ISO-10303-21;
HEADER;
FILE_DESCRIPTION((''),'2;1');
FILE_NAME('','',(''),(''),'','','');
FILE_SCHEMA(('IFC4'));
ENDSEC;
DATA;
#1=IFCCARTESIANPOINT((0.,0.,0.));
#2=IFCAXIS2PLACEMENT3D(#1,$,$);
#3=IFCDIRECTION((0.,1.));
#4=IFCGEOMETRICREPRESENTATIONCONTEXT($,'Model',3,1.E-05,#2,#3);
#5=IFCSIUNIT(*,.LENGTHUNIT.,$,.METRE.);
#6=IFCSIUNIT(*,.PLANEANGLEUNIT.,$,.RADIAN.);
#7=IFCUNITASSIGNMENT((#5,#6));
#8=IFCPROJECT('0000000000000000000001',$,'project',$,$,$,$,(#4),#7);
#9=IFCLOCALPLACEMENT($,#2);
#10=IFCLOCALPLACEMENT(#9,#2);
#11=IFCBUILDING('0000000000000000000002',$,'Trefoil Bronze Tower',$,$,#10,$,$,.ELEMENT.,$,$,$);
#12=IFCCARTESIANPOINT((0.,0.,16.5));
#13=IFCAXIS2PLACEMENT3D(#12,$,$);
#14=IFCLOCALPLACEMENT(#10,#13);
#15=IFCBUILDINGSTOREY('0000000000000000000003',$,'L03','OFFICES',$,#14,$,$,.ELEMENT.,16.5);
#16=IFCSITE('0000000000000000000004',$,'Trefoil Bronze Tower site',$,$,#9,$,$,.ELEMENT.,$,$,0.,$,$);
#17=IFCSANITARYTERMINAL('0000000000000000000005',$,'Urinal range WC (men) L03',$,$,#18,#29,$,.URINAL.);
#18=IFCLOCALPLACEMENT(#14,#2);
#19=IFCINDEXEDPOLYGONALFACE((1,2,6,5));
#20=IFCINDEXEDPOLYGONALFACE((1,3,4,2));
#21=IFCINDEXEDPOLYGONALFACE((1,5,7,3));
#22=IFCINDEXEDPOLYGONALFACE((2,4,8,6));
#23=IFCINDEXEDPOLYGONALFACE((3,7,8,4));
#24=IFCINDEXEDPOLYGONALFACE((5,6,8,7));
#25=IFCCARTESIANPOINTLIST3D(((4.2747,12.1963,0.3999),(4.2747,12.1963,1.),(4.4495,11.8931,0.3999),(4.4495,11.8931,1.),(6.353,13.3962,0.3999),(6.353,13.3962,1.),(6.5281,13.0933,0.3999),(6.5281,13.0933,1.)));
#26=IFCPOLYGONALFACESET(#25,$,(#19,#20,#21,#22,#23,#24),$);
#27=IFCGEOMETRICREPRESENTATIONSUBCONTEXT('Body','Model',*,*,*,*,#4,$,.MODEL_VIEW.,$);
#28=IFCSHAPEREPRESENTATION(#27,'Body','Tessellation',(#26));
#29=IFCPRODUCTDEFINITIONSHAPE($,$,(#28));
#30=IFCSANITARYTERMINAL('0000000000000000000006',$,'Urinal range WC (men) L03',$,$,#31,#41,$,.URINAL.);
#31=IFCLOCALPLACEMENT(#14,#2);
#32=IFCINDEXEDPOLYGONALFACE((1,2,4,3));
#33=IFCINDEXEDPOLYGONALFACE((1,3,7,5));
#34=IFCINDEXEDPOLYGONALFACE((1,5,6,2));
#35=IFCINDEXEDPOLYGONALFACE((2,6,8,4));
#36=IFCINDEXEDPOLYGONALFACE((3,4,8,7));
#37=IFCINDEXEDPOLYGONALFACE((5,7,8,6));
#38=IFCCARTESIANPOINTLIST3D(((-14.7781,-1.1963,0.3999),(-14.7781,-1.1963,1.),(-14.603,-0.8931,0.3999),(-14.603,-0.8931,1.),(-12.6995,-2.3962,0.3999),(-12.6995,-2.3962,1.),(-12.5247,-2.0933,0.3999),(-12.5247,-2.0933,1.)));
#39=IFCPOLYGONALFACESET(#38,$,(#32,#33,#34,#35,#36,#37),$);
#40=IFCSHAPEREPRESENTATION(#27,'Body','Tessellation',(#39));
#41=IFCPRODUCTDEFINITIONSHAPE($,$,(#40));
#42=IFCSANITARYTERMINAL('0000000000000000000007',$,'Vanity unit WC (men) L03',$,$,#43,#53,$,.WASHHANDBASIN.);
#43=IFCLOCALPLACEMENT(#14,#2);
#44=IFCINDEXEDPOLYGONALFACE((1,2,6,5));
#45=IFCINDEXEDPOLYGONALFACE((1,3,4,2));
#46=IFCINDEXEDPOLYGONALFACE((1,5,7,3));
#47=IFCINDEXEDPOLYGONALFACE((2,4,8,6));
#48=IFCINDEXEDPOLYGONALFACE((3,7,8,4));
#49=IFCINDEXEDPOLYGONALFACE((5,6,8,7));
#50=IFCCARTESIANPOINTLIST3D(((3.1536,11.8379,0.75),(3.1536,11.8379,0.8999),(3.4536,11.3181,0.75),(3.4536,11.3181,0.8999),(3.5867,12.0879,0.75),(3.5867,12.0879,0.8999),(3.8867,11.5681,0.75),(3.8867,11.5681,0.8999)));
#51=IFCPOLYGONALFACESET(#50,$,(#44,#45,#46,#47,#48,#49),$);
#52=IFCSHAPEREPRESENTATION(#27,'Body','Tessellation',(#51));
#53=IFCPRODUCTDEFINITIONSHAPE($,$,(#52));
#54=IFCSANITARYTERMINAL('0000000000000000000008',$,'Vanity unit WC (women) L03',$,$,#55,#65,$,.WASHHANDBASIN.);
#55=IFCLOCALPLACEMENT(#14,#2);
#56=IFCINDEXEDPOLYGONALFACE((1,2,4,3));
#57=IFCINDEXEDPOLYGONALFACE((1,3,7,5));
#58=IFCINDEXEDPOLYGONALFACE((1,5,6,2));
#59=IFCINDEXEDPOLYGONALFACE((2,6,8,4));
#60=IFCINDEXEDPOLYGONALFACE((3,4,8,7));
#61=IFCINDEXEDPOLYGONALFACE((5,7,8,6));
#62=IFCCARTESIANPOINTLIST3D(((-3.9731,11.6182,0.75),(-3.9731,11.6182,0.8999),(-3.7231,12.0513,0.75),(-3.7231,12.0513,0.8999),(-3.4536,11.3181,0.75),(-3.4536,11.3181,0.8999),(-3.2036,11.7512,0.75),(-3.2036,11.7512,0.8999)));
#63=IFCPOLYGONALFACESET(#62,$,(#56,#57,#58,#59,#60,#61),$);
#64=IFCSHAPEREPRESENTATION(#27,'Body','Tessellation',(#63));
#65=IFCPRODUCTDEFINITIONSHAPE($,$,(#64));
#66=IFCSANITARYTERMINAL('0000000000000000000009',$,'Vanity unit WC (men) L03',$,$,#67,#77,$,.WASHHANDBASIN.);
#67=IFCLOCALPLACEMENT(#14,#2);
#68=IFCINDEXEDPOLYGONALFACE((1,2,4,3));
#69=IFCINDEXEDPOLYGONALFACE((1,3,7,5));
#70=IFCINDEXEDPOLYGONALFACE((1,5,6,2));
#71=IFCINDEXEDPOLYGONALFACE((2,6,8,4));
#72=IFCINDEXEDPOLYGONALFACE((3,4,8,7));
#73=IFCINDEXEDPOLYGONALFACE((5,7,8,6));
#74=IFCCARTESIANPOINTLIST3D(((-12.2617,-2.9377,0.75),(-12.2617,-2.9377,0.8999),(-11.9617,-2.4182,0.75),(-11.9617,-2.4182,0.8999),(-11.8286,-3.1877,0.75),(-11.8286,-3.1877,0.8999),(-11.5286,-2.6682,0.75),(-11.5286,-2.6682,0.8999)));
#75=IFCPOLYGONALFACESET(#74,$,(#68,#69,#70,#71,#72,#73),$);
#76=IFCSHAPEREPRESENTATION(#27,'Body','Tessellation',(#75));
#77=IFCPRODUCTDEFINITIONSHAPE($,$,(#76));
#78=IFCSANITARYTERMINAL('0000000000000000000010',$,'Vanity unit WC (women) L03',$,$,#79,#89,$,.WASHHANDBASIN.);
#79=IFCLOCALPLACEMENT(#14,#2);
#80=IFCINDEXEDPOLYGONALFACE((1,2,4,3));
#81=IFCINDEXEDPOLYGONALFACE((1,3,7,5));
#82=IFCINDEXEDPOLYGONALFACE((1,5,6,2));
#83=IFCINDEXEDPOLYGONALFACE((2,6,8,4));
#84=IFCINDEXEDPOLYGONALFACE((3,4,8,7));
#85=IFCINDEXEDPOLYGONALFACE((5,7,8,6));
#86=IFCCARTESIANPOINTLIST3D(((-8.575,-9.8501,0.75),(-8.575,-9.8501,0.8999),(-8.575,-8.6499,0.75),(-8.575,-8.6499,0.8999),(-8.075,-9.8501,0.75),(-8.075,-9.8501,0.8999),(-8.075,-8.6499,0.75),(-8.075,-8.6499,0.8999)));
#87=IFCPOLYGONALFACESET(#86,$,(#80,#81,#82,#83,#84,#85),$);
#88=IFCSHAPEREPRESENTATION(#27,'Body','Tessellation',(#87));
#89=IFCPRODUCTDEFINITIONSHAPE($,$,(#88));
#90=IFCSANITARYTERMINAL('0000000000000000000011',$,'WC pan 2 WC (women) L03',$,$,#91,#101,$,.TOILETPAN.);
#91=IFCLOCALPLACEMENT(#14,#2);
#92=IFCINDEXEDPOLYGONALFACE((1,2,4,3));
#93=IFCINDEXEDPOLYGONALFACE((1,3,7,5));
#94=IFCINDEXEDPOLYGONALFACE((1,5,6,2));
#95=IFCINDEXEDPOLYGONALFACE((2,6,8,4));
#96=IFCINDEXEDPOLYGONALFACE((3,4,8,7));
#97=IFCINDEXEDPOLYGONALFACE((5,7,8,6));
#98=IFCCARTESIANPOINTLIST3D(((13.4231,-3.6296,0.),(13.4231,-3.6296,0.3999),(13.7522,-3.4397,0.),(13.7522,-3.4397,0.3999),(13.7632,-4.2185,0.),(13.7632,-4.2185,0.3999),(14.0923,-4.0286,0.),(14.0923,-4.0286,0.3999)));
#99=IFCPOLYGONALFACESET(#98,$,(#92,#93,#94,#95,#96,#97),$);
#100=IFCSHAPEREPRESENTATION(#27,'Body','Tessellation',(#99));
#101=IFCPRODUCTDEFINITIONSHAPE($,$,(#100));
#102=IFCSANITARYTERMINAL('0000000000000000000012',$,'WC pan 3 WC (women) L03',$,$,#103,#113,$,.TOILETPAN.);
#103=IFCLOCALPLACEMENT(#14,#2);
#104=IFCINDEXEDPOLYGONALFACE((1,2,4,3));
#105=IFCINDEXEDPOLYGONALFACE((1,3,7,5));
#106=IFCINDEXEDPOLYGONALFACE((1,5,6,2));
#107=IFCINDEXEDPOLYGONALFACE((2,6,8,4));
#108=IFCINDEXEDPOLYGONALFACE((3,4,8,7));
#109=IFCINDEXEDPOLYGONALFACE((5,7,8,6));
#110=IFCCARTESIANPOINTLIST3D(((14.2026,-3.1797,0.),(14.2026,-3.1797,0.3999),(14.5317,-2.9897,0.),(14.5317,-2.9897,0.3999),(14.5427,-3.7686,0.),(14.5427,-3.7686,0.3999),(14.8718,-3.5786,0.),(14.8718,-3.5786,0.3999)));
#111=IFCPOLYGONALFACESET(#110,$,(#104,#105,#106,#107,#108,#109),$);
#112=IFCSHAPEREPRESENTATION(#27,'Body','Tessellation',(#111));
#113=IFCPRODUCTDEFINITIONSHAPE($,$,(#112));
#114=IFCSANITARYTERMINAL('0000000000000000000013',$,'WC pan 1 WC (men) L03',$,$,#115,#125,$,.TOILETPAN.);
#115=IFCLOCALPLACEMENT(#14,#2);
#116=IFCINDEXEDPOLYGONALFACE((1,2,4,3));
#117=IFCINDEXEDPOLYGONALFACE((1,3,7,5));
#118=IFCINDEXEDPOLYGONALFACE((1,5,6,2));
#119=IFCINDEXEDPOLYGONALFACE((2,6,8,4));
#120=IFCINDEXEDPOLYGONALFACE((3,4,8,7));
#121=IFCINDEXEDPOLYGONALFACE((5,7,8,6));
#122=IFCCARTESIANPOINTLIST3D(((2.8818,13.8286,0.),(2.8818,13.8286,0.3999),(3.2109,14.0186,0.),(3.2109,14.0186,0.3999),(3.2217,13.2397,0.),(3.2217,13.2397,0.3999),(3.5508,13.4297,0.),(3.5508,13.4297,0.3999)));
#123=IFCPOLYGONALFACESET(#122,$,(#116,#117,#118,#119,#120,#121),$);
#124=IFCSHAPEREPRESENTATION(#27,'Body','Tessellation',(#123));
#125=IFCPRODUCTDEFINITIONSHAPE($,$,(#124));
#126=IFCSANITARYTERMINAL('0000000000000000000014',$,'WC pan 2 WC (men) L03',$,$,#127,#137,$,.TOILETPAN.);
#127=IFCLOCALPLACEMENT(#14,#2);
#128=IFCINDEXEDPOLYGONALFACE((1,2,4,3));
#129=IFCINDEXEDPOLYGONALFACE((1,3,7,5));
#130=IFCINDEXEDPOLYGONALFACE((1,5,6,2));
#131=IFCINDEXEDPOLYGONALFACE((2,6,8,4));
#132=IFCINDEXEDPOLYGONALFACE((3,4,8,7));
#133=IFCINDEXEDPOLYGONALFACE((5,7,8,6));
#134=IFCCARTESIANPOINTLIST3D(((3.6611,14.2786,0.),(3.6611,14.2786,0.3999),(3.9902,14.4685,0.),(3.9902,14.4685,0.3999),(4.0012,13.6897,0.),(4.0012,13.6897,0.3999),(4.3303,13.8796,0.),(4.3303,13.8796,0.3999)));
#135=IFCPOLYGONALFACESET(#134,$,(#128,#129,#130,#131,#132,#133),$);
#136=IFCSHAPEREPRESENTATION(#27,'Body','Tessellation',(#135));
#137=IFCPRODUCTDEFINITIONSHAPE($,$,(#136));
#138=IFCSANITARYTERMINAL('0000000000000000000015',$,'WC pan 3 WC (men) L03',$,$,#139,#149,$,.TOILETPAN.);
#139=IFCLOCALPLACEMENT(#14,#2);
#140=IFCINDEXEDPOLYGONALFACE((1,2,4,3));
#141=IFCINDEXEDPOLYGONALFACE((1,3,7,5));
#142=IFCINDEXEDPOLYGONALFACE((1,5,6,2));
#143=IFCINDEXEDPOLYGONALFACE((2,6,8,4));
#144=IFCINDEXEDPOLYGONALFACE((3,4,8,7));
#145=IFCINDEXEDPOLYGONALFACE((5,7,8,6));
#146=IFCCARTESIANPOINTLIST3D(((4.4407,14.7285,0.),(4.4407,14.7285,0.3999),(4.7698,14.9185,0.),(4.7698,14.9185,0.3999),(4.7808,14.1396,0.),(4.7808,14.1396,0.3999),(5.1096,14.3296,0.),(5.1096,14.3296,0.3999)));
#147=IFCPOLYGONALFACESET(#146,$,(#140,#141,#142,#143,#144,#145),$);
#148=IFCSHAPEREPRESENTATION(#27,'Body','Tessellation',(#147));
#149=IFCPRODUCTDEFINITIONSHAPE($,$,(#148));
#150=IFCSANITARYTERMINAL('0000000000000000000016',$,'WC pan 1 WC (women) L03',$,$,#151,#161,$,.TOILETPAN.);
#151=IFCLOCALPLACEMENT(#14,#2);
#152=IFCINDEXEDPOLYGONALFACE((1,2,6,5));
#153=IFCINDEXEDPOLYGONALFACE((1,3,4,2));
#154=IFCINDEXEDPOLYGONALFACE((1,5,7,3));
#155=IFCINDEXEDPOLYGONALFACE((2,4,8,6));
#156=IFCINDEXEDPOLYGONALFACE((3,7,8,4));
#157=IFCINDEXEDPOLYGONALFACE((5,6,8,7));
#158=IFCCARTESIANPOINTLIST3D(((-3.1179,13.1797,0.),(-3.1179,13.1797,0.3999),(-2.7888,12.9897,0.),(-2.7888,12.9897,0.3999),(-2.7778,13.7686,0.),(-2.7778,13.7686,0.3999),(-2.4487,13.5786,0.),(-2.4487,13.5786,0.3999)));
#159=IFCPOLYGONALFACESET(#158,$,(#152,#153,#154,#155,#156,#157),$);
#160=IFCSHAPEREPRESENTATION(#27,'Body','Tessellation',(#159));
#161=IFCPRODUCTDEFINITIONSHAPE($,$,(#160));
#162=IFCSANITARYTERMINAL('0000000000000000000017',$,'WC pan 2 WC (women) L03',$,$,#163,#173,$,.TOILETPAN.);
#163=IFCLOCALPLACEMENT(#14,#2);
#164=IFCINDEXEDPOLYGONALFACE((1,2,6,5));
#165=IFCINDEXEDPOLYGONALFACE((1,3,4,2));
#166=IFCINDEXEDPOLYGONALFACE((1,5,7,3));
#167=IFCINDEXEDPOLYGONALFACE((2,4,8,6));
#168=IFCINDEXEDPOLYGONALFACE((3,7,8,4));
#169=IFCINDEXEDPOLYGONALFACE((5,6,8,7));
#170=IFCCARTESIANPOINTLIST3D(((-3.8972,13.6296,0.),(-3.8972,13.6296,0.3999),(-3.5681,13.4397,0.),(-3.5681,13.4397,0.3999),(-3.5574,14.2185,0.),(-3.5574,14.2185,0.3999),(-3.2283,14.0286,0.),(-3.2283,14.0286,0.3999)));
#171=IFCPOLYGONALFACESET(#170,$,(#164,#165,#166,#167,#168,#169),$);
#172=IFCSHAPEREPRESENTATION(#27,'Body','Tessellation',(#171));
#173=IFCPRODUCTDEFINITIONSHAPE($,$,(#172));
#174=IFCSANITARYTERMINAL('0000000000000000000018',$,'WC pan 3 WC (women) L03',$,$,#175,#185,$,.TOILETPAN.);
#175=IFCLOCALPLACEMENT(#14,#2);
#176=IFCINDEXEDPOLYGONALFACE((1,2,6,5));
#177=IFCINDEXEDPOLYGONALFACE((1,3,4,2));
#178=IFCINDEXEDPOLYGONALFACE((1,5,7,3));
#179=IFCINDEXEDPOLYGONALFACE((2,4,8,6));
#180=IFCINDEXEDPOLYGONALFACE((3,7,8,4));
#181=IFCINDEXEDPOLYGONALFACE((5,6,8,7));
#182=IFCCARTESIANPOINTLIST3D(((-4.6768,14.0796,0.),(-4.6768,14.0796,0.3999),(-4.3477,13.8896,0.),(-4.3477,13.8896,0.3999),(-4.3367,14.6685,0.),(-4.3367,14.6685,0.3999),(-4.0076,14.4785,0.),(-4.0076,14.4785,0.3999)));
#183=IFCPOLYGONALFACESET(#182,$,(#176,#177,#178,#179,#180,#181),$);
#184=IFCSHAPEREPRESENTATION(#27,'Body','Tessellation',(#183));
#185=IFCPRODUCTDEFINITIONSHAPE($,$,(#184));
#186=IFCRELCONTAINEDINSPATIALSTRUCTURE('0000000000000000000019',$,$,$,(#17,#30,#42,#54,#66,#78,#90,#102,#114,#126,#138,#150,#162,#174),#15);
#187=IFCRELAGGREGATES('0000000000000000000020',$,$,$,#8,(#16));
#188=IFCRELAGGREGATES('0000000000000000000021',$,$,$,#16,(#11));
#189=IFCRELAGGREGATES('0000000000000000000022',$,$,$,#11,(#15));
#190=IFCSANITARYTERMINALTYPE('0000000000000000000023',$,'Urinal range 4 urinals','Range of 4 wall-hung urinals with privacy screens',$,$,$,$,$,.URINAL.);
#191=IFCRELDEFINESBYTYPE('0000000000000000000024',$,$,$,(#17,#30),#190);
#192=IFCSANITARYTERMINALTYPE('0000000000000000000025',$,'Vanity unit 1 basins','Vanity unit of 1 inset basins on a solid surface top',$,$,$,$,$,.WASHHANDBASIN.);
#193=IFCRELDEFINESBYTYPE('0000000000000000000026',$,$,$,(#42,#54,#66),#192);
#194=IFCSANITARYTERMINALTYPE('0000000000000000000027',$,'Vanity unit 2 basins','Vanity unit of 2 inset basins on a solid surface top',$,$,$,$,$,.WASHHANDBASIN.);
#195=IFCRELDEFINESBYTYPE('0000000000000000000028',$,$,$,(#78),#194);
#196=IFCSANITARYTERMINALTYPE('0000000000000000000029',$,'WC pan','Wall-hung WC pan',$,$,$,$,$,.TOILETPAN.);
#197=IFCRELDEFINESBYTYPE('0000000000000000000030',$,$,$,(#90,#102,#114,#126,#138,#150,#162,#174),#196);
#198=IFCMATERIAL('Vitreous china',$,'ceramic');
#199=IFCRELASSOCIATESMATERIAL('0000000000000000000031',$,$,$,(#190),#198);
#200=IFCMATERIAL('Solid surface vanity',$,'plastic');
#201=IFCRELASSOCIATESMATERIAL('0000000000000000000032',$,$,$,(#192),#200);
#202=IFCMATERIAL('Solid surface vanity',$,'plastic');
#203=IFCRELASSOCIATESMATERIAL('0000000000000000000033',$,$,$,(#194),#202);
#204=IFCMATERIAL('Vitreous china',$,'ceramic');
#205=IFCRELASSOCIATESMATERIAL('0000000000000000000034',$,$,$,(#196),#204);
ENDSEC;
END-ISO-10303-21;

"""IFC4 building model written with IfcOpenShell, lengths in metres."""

from ifc_helpers import new_model, si_unit, direction, frame, origin, place, context, subcontext, project, spatial, polyline, outline, extrude, material, type_object, element, save


model = new_model("IFC4")

# Units and contexts
model_context = context("Model", 3, precision=1e-05, world=origin(), true_north=direction((0.0, 1.0)))
body_context = subcontext(model_context, "Body", "Model", "MODEL_VIEW")
ifc_project = project(units=[si_unit("LENGTHUNIT", "METRE"), si_unit("PLANEANGLEUNIT", "RADIAN")], contexts=[model_context])

# Site, building, storey
site_placement = place(None, origin())
site = spatial("IfcSite", under=ifc_project, at=site_placement, Name="Trefoil Bronze Tower site", CompositionType="ELEMENT", RefElevation=0.0)
building_placement = place(site_placement, origin())
building = spatial("IfcBuilding", under=site, at=building_placement, Name="Trefoil Bronze Tower", CompositionType="ELEMENT")
storey_placement = place(building_placement, frame((0.0, 0.0, 16.5)))
storey = spatial("IfcBuildingStorey", under=building, at=storey_placement, Name="L03", Description="OFFICES", CompositionType="ELEMENT", Elevation=16.5)

# Sanitary terminals
ifc_material_1 = material(Name="Vitreous china", Category="ceramic")
sanitary_terminal_type_1 = type_object("IfcSanitaryTerminalType", Name="Urinal range 4 urinals", Description="Range of 4 wall-hung urinals with privacy screens", PredefinedType="URINAL", material=ifc_material_1)
sanitary_terminal_1_placement = place(storey_placement, frame((0.0, 0.0, 0.3999)))
element("IfcSanitaryTerminal", 1, at=sanitary_terminal_1_placement, inside=storey, type_object=sanitary_terminal_type_1, Name="Urinal range WC (men) L03", PredefinedType="URINAL", context=body_context, shape_type="SweptSolid", body=[
    extrude(outline(polyline([(4.4495, 11.8931), (4.2747, 12.1963), (6.353, 13.3962), (6.5281, 13.0933), (4.4495, 11.8931)])), origin(), (0.0, 0.0, 1.0), 0.6001),
])
sanitary_terminal_2_placement = place(storey_placement, frame((0.0, 0.0, 0.3999)))
element("IfcSanitaryTerminal", 2, at=sanitary_terminal_2_placement, inside=storey, type_object=sanitary_terminal_type_1, Name="Urinal range WC (men) L03", PredefinedType="URINAL", context=body_context, shape_type="SweptSolid", body=[
    extrude(outline(polyline([(-12.5247, -2.0933), (-12.6995, -2.3962), (-14.7781, -1.1963), (-14.603, -0.8931), (-12.5247, -2.0933)])), origin(), (0.0, 0.0, 1.0), 0.6001),
])
ifc_material_2 = material(Name="Solid surface vanity", Category="plastic")
sanitary_terminal_type_2 = type_object("IfcSanitaryTerminalType", Name="Vanity unit 1 basins", Description="Vanity unit of 1 inset basins on a solid surface top", PredefinedType="WASHHANDBASIN", material=ifc_material_2)
sanitary_terminal_3_placement = place(storey_placement, frame((0.0, 0.0, 0.75)))
element("IfcSanitaryTerminal", 3, at=sanitary_terminal_3_placement, inside=storey, type_object=sanitary_terminal_type_2, Name="Vanity unit WC (men) L03", PredefinedType="WASHHANDBASIN", context=body_context, shape_type="SweptSolid", body=[
    extrude(outline(polyline([(3.4536, 11.3181), (3.1536, 11.8379), (3.5867, 12.0879), (3.8867, 11.5681), (3.4536, 11.3181)])), origin(), (0.0, 0.0, 1.0), 0.1499),
])
sanitary_terminal_4_placement = place(storey_placement, frame((0.0, 0.0, 0.75)))
element("IfcSanitaryTerminal", 4, at=sanitary_terminal_4_placement, inside=storey, type_object=sanitary_terminal_type_2, Name="Vanity unit WC (women) L03", PredefinedType="WASHHANDBASIN", context=body_context, shape_type="SweptSolid", body=[
    extrude(outline(polyline([(-3.4536, 11.3181), (-3.2036, 11.7512), (-3.7231, 12.0513), (-3.9731, 11.6182), (-3.4536, 11.3181)])), origin(), (0.0, 0.0, 1.0), 0.1499),
])
sanitary_terminal_5_placement = place(storey_placement, frame((0.0, 0.0, 0.75)))
element("IfcSanitaryTerminal", 5, at=sanitary_terminal_5_placement, inside=storey, type_object=sanitary_terminal_type_2, Name="Vanity unit WC (men) L03", PredefinedType="WASHHANDBASIN", context=body_context, shape_type="SweptSolid", body=[
    extrude(outline(polyline([(-11.5286, -2.6682), (-11.8286, -3.1877), (-12.2617, -2.9377), (-11.9617, -2.4182), (-11.5286, -2.6682)])), origin(), (0.0, 0.0, 1.0), 0.1499),
])
ifc_material_3 = material(Name="Solid surface vanity", Category="plastic")
sanitary_terminal_type_3 = type_object("IfcSanitaryTerminalType", Name="Vanity unit 2 basins", Description="Vanity unit of 2 inset basins on a solid surface top", PredefinedType="WASHHANDBASIN", material=ifc_material_3)
sanitary_terminal_6_placement = place(storey_placement, frame((0.0, 0.0, 0.75)))
element("IfcSanitaryTerminal", 6, at=sanitary_terminal_6_placement, inside=storey, type_object=sanitary_terminal_type_3, Name="Vanity unit WC (women) L03", PredefinedType="WASHHANDBASIN", context=body_context, shape_type="SweptSolid", body=[
    extrude(outline(polyline([(-8.075, -8.6499), (-8.575, -8.6499), (-8.575, -9.8501), (-8.075, -9.8501), (-8.075, -8.6499)])), origin(), (0.0, 0.0, 1.0), 0.1499),
])
ifc_material_4 = material(Name="Vitreous china", Category="ceramic")
sanitary_terminal_type_4 = type_object("IfcSanitaryTerminalType", Name="WC pan", Description="Wall-hung WC pan", PredefinedType="TOILETPAN", material=ifc_material_4)
sanitary_terminal_7_placement = place(storey_placement, origin())
element("IfcSanitaryTerminal", 7, at=sanitary_terminal_7_placement, inside=storey, type_object=sanitary_terminal_type_4, Name="WC pan 2 WC (women) L03", PredefinedType="TOILETPAN", context=body_context, shape_type="SweptSolid", body=[
    extrude(outline(polyline([(13.4231, -3.6296), (13.7632, -4.2185), (14.0923, -4.0286), (13.7522, -3.4397), (13.4231, -3.6296)])), origin(), (0.0, 0.0, 1.0), 0.3999),
])
sanitary_terminal_8_placement = place(storey_placement, origin())
element("IfcSanitaryTerminal", 8, at=sanitary_terminal_8_placement, inside=storey, type_object=sanitary_terminal_type_4, Name="WC pan 3 WC (women) L03", PredefinedType="TOILETPAN", context=body_context, shape_type="SweptSolid", body=[
    extrude(outline(polyline([(14.2026, -3.1797), (14.5427, -3.7686), (14.8718, -3.5786), (14.5317, -2.9897), (14.2026, -3.1797)])), origin(), (0.0, 0.0, 1.0), 0.3999),
])
sanitary_terminal_9_placement = place(storey_placement, origin())
element("IfcSanitaryTerminal", 9, at=sanitary_terminal_9_placement, inside=storey, type_object=sanitary_terminal_type_4, Name="WC pan 1 WC (men) L03", PredefinedType="TOILETPAN", context=body_context, shape_type="SweptSolid", body=[
    extrude(outline(polyline([(3.2217, 13.2397), (2.8818, 13.8286), (3.2109, 14.0186), (3.5508, 13.4297), (3.2217, 13.2397)])), origin(), (0.0, 0.0, 1.0), 0.3999),
])
sanitary_terminal_10_placement = place(storey_placement, origin())
element("IfcSanitaryTerminal", 10, at=sanitary_terminal_10_placement, inside=storey, type_object=sanitary_terminal_type_4, Name="WC pan 2 WC (men) L03", PredefinedType="TOILETPAN", context=body_context, shape_type="SweptSolid", body=[
    extrude(outline(polyline([(4.0012, 13.6897), (3.6611, 14.2786), (3.9902, 14.4685), (4.3303, 13.8796), (4.0012, 13.6897)])), origin(), (0.0, 0.0, 1.0), 0.3999),
])
sanitary_terminal_11_placement = place(storey_placement, origin())
element("IfcSanitaryTerminal", 11, at=sanitary_terminal_11_placement, inside=storey, type_object=sanitary_terminal_type_4, Name="WC pan 3 WC (men) L03", PredefinedType="TOILETPAN", context=body_context, shape_type="SweptSolid", body=[
    extrude(outline(polyline([(4.7808, 14.1396), (4.4407, 14.7285), (4.7698, 14.9185), (5.1096, 14.3296), (4.7808, 14.1396)])), origin(), (0.0, 0.0, 1.0), 0.3999),
])
sanitary_terminal_12_placement = place(storey_placement, origin())
element("IfcSanitaryTerminal", 12, at=sanitary_terminal_12_placement, inside=storey, type_object=sanitary_terminal_type_4, Name="WC pan 1 WC (women) L03", PredefinedType="TOILETPAN", context=body_context, shape_type="SweptSolid", body=[
    extrude(outline(polyline([(-2.7888, 12.9897), (-2.4487, 13.5786), (-2.7778, 13.7686), (-3.1179, 13.1797), (-2.7888, 12.9897)])), origin(), (0.0, 0.0, 1.0), 0.3999),
])
sanitary_terminal_13_placement = place(storey_placement, origin())
element("IfcSanitaryTerminal", 13, at=sanitary_terminal_13_placement, inside=storey, type_object=sanitary_terminal_type_4, Name="WC pan 2 WC (women) L03", PredefinedType="TOILETPAN", context=body_context, shape_type="SweptSolid", body=[
    extrude(outline(polyline([(-3.5681, 13.4397), (-3.2283, 14.0286), (-3.5574, 14.2185), (-3.8972, 13.6296), (-3.5681, 13.4397)])), origin(), (0.0, 0.0, 1.0), 0.3999),
])
sanitary_terminal_14_placement = place(storey_placement, origin())
element("IfcSanitaryTerminal", 14, at=sanitary_terminal_14_placement, inside=storey, type_object=sanitary_terminal_type_4, Name="WC pan 3 WC (women) L03", PredefinedType="TOILETPAN", context=body_context, shape_type="SweptSolid", body=[
    extrude(outline(polyline([(-4.3477, 13.8896), (-4.0076, 14.4785), (-4.3367, 14.6685), (-4.6768, 14.0796), (-4.3477, 13.8896)])), origin(), (0.0, 0.0, 1.0), 0.3999),
])

save(model, "model.ifc")
